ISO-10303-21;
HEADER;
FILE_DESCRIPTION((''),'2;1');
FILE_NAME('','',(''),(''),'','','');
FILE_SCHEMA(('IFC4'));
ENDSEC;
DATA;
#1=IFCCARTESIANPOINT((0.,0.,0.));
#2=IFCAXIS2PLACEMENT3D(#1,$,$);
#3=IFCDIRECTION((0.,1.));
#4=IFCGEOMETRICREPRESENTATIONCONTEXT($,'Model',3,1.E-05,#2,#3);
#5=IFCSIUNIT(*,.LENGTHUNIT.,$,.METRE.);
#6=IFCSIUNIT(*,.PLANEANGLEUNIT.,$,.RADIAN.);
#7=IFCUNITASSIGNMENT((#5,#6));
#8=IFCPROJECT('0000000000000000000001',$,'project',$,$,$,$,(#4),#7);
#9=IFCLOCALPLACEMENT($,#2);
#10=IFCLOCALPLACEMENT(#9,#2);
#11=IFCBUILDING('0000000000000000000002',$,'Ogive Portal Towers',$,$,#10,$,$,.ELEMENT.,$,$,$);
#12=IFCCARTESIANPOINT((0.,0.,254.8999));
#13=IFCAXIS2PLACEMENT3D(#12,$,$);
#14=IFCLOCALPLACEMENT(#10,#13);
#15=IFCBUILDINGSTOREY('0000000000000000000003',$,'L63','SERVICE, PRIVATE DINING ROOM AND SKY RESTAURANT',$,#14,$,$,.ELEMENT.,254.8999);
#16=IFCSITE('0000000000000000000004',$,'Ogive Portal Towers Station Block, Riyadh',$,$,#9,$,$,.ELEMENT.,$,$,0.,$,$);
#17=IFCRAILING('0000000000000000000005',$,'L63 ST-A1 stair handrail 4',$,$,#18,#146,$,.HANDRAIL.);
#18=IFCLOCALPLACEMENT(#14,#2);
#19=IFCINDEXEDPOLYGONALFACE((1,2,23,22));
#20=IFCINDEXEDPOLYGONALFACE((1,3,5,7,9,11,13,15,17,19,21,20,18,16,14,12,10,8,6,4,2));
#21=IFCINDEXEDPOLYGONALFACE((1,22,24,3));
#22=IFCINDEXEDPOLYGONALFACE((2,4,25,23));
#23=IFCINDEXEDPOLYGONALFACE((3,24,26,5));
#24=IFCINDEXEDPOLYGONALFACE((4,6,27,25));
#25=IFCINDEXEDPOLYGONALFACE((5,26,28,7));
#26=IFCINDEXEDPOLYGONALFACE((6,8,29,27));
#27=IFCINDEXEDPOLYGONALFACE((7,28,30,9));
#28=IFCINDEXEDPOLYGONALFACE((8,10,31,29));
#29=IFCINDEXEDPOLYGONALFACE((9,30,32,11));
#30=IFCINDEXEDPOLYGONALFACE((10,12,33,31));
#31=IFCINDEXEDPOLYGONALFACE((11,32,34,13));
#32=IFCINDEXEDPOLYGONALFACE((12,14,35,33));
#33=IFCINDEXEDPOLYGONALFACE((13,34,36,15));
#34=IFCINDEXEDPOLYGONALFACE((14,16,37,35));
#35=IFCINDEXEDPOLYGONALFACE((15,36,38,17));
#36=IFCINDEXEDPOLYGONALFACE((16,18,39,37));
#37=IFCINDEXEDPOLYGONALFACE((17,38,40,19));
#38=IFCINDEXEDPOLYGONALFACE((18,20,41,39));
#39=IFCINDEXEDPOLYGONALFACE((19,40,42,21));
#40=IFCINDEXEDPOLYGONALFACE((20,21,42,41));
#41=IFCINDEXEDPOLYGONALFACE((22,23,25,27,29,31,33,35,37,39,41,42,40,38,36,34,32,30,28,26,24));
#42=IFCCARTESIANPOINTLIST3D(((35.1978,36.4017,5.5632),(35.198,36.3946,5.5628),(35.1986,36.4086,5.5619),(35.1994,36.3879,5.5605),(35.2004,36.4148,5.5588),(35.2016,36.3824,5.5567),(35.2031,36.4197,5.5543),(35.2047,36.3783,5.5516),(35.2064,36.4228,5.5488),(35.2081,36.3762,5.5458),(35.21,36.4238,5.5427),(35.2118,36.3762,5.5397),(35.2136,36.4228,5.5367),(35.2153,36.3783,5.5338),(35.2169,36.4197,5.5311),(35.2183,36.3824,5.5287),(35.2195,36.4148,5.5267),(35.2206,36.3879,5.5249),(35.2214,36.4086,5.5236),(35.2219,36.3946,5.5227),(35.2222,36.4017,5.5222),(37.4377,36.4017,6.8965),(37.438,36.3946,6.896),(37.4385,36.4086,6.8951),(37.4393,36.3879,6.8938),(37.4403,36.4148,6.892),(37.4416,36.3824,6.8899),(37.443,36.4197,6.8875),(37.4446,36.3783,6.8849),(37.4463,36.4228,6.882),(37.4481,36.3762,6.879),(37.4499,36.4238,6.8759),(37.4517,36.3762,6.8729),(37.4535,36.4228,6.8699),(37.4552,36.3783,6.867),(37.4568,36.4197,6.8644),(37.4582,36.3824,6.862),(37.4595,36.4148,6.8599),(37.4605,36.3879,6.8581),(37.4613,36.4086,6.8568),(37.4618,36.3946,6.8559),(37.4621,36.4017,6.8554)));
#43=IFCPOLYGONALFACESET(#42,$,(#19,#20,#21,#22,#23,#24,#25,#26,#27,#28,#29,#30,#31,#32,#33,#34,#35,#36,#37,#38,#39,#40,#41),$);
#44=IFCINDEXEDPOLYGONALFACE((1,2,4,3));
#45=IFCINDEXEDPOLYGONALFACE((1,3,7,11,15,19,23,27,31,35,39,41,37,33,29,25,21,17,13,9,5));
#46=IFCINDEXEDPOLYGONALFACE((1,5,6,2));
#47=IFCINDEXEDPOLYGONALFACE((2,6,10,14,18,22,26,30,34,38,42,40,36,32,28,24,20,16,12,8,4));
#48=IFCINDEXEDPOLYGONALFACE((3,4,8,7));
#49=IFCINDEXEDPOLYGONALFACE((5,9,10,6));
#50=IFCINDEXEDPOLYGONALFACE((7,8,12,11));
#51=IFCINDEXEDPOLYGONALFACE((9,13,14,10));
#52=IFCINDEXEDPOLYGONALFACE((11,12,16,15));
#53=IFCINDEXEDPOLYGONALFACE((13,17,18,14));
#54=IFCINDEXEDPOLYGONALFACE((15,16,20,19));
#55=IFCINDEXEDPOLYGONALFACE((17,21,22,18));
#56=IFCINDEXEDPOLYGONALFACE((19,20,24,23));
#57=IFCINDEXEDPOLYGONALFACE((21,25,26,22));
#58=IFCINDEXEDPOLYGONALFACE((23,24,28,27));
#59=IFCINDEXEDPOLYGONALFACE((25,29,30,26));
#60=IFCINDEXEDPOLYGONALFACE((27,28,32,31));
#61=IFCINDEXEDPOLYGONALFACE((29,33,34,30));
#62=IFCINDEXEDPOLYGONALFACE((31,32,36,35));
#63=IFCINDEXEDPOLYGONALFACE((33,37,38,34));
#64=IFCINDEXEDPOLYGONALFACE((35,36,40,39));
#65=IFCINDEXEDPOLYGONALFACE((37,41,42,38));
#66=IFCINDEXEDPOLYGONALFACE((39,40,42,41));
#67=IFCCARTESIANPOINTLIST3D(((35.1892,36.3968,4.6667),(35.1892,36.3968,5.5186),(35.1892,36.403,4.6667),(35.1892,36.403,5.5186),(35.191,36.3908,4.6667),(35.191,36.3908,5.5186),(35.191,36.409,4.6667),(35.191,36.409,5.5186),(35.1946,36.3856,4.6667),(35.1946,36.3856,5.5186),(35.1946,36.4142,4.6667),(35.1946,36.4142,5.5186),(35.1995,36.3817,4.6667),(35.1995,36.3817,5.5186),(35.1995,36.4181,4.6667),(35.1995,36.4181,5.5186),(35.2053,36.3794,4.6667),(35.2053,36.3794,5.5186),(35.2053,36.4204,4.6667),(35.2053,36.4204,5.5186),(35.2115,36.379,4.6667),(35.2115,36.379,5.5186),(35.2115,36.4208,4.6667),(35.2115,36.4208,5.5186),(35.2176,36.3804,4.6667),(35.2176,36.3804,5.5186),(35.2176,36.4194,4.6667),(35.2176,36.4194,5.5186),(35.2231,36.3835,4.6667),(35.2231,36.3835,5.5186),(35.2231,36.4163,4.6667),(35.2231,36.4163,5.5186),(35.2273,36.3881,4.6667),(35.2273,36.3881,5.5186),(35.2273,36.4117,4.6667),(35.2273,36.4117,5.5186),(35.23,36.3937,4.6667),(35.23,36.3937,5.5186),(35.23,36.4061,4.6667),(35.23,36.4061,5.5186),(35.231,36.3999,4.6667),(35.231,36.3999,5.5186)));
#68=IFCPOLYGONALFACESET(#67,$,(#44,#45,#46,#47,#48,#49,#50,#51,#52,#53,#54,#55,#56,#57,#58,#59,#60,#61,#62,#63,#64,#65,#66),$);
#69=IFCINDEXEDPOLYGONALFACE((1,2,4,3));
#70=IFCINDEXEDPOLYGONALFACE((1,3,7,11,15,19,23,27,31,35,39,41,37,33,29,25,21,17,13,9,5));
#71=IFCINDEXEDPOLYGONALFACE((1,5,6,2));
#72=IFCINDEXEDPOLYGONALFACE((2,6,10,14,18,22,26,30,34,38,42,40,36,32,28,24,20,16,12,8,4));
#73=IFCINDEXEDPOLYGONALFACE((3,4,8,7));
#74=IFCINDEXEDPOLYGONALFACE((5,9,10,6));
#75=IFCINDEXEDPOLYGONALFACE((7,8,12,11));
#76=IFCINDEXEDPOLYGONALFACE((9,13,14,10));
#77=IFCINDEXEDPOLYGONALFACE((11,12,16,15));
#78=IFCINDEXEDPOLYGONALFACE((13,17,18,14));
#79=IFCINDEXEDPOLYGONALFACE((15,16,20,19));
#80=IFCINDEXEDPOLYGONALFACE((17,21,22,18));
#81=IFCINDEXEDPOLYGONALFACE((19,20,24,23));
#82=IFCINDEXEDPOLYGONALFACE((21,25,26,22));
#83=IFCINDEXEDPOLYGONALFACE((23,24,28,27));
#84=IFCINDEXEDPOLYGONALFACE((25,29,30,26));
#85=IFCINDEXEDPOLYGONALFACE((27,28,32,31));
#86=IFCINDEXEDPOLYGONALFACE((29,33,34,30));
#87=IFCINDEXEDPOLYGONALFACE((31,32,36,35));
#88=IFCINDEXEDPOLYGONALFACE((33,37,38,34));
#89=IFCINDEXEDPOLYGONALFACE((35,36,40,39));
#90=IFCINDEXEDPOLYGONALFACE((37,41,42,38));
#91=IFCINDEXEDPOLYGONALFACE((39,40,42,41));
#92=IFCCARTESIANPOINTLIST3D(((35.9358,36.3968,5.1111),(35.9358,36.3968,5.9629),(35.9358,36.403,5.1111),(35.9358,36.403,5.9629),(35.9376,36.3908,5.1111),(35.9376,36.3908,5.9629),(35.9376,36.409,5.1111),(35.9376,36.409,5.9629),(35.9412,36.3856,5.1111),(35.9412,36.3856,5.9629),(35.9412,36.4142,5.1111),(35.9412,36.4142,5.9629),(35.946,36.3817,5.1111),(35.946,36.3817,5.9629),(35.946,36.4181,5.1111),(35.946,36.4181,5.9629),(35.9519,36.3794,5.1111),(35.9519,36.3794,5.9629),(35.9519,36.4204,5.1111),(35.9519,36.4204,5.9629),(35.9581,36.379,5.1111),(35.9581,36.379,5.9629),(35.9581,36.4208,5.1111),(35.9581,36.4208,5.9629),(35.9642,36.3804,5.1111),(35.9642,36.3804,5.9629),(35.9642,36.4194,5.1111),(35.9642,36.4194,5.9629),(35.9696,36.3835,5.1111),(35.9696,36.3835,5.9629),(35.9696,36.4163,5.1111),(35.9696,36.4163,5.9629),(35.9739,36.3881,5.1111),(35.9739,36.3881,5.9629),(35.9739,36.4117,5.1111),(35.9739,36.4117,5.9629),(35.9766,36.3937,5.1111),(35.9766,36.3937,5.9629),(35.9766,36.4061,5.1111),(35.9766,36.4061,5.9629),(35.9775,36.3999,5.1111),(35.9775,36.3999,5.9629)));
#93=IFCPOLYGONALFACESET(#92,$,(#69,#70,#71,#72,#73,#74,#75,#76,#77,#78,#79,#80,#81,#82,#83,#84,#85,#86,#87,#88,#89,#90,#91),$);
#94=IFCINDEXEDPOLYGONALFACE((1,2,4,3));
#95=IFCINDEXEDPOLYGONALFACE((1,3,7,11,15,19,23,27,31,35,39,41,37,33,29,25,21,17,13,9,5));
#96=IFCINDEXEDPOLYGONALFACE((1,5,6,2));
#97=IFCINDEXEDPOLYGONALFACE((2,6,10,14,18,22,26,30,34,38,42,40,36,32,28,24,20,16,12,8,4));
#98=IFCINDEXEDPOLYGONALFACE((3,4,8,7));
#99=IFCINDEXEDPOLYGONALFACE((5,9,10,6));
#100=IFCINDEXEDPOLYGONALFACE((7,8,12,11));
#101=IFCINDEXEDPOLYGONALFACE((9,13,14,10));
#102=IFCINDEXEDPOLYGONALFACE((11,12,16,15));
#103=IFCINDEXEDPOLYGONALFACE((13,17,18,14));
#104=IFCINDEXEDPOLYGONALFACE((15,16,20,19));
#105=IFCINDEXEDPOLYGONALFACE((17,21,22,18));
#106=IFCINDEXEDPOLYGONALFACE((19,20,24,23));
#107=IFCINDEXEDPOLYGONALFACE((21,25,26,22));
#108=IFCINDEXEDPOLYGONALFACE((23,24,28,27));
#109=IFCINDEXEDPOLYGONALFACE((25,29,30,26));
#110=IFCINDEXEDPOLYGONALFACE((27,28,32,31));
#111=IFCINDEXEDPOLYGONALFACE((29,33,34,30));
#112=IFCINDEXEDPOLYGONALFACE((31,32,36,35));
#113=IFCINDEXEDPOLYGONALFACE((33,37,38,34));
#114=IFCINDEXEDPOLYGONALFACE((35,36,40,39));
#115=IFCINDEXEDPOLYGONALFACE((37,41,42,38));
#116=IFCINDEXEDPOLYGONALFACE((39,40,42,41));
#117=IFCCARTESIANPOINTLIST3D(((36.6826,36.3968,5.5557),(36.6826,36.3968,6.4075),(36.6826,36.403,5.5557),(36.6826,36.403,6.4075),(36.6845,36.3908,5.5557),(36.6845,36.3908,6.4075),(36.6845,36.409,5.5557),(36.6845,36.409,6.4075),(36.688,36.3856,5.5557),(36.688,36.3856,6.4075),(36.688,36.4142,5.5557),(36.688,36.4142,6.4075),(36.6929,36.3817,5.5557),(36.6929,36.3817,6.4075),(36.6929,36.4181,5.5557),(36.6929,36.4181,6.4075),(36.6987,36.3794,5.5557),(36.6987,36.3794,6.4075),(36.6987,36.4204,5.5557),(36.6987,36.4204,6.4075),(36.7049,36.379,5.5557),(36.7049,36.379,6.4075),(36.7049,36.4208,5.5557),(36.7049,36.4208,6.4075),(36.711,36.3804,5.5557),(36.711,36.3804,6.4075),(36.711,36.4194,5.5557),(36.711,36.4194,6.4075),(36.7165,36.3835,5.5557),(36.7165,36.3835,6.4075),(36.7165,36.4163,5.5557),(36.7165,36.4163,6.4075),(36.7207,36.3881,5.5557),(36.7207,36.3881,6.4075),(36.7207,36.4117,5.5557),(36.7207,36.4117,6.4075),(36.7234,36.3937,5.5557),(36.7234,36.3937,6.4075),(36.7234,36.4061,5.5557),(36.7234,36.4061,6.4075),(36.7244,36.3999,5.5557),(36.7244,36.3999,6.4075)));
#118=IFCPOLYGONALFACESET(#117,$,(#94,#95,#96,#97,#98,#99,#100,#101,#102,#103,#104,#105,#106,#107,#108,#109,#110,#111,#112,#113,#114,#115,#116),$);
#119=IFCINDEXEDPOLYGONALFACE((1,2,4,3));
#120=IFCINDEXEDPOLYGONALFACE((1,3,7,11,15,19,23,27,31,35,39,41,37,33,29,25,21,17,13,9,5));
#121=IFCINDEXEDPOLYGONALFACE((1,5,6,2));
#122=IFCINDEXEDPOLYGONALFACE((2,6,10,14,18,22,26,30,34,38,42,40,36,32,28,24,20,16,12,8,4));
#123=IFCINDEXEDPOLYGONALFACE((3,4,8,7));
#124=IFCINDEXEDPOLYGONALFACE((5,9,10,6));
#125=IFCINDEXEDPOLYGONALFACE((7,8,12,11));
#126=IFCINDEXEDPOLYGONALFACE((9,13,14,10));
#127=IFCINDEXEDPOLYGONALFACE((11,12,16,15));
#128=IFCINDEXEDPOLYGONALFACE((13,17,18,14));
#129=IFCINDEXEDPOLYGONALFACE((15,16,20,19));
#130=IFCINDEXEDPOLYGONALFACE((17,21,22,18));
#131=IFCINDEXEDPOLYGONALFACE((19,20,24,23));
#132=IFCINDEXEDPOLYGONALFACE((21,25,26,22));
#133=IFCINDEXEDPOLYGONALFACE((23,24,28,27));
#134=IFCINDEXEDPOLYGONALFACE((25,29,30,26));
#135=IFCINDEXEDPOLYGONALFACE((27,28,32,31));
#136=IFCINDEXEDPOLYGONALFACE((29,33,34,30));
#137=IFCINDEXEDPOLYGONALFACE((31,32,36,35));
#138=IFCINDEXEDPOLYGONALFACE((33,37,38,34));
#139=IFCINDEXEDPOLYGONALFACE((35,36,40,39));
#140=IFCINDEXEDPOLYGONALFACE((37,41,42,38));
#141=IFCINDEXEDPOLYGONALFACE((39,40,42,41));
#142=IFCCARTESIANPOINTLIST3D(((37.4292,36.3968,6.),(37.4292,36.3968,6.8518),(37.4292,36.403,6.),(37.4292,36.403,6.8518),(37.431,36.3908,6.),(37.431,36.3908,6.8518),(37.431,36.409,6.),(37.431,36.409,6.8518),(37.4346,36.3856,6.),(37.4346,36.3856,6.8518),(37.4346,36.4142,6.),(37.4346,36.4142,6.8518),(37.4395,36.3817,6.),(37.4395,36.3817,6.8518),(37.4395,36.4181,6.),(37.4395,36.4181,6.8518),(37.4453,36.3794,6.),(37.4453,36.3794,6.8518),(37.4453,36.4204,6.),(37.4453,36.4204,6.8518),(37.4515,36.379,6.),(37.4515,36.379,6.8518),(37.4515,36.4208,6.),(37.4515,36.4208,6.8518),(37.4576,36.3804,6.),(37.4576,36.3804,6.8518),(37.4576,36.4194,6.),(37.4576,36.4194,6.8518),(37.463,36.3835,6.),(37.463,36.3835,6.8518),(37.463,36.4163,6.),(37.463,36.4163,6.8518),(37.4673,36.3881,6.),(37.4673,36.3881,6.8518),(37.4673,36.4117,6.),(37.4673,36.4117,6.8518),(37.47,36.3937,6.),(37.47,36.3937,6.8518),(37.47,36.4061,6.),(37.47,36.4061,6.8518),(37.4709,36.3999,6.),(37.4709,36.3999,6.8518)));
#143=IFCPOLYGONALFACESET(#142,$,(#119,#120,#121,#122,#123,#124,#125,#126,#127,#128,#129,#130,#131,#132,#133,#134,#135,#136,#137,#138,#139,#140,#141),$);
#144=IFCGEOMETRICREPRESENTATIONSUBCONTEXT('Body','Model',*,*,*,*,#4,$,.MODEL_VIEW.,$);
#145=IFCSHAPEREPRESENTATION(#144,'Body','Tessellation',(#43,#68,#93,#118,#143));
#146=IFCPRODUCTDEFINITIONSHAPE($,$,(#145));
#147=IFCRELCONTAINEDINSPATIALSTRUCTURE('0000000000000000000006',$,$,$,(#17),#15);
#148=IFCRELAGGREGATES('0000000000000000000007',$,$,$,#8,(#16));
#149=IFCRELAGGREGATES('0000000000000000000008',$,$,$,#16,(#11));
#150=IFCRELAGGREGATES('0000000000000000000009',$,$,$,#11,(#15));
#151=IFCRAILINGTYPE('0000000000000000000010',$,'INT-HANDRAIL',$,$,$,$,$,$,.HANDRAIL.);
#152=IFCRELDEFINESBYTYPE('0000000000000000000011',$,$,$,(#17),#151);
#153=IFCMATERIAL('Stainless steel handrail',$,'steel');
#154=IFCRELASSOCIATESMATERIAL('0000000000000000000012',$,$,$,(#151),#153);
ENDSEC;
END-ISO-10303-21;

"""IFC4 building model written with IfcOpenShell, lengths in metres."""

from ifc_helpers import new_model, si_unit, direction, frame, origin, origin_2d, place, context, subcontext, project, spatial, circle, extrude, material, type_object, element, save


model = new_model("IFC4")

# Units and contexts
model_context = context("Model", 3, precision=1e-05, world=origin(), true_north=direction((0.0, 1.0)))
body_context = subcontext(model_context, "Body", "Model", "MODEL_VIEW")
ifc_project = project(units=[si_unit("LENGTHUNIT", "METRE"), si_unit("PLANEANGLEUNIT", "RADIAN")], contexts=[model_context])

# Site, building, storey
site_placement = place(None, origin())
site = spatial("IfcSite", under=ifc_project, at=site_placement, Name="Ogive Portal Towers Station Block, Riyadh", CompositionType="ELEMENT", RefElevation=0.0)
building_placement = place(site_placement, origin())
building = spatial("IfcBuilding", under=site, at=building_placement, Name="Ogive Portal Towers", CompositionType="ELEMENT")
storey_placement = place(building_placement, frame((0.0, 0.0, 254.8999)))
storey = spatial("IfcBuildingStorey", under=building, at=storey_placement, Name="L63", Description="SERVICE, PRIVATE DINING ROOM AND SKY RESTAURANT", CompositionType="ELEMENT", Elevation=254.8999)

# Railing
ifc_material_1 = material(Name="Stainless steel handrail", Category="steel")
railing_type_1 = type_object("IfcRailingType", Name="INT-HANDRAIL", PredefinedType="HANDRAIL", material=ifc_material_1)
railing_1_placement = place(storey_placement, frame((35.21, 36.3999, 4.6667)))
element("IfcRailing", 1, at=railing_1_placement, inside=storey, type_object=railing_type_1, Name="L63 ST-A1 stair handrail 4", PredefinedType="HANDRAIL", context=body_context, shape_type="SweptSolid", body=[
    extrude(circle(Radius=0.0239, at=origin_2d()), frame((0.0, 0.0, 0.876), z_axis=(0.859306, 0.0, 0.511462), x_axis=(0.0, 1.0, 0.0)), (0.0, 0.0, 1.0), 2.6067),
    extrude(circle(Radius=0.021, at=origin_2d()), origin(), (0.0, 0.0, 1.0), 0.8518),
    extrude(circle(Radius=0.021, at=origin_2d()), frame((0.7466, 0.0, 0.4443)), (0.0, 0.0, 1.0), 0.8518),
    extrude(circle(Radius=0.021, at=origin_2d()), frame((1.4934, 0.0, 0.8889)), (0.0, 0.0, 1.0), 0.8518),
    extrude(circle(Radius=0.021, at=origin_2d()), frame((2.24, 0.0, 1.3333)), (0.0, 0.0, 1.0), 0.8518),
])

save(model, "model.ifc")
